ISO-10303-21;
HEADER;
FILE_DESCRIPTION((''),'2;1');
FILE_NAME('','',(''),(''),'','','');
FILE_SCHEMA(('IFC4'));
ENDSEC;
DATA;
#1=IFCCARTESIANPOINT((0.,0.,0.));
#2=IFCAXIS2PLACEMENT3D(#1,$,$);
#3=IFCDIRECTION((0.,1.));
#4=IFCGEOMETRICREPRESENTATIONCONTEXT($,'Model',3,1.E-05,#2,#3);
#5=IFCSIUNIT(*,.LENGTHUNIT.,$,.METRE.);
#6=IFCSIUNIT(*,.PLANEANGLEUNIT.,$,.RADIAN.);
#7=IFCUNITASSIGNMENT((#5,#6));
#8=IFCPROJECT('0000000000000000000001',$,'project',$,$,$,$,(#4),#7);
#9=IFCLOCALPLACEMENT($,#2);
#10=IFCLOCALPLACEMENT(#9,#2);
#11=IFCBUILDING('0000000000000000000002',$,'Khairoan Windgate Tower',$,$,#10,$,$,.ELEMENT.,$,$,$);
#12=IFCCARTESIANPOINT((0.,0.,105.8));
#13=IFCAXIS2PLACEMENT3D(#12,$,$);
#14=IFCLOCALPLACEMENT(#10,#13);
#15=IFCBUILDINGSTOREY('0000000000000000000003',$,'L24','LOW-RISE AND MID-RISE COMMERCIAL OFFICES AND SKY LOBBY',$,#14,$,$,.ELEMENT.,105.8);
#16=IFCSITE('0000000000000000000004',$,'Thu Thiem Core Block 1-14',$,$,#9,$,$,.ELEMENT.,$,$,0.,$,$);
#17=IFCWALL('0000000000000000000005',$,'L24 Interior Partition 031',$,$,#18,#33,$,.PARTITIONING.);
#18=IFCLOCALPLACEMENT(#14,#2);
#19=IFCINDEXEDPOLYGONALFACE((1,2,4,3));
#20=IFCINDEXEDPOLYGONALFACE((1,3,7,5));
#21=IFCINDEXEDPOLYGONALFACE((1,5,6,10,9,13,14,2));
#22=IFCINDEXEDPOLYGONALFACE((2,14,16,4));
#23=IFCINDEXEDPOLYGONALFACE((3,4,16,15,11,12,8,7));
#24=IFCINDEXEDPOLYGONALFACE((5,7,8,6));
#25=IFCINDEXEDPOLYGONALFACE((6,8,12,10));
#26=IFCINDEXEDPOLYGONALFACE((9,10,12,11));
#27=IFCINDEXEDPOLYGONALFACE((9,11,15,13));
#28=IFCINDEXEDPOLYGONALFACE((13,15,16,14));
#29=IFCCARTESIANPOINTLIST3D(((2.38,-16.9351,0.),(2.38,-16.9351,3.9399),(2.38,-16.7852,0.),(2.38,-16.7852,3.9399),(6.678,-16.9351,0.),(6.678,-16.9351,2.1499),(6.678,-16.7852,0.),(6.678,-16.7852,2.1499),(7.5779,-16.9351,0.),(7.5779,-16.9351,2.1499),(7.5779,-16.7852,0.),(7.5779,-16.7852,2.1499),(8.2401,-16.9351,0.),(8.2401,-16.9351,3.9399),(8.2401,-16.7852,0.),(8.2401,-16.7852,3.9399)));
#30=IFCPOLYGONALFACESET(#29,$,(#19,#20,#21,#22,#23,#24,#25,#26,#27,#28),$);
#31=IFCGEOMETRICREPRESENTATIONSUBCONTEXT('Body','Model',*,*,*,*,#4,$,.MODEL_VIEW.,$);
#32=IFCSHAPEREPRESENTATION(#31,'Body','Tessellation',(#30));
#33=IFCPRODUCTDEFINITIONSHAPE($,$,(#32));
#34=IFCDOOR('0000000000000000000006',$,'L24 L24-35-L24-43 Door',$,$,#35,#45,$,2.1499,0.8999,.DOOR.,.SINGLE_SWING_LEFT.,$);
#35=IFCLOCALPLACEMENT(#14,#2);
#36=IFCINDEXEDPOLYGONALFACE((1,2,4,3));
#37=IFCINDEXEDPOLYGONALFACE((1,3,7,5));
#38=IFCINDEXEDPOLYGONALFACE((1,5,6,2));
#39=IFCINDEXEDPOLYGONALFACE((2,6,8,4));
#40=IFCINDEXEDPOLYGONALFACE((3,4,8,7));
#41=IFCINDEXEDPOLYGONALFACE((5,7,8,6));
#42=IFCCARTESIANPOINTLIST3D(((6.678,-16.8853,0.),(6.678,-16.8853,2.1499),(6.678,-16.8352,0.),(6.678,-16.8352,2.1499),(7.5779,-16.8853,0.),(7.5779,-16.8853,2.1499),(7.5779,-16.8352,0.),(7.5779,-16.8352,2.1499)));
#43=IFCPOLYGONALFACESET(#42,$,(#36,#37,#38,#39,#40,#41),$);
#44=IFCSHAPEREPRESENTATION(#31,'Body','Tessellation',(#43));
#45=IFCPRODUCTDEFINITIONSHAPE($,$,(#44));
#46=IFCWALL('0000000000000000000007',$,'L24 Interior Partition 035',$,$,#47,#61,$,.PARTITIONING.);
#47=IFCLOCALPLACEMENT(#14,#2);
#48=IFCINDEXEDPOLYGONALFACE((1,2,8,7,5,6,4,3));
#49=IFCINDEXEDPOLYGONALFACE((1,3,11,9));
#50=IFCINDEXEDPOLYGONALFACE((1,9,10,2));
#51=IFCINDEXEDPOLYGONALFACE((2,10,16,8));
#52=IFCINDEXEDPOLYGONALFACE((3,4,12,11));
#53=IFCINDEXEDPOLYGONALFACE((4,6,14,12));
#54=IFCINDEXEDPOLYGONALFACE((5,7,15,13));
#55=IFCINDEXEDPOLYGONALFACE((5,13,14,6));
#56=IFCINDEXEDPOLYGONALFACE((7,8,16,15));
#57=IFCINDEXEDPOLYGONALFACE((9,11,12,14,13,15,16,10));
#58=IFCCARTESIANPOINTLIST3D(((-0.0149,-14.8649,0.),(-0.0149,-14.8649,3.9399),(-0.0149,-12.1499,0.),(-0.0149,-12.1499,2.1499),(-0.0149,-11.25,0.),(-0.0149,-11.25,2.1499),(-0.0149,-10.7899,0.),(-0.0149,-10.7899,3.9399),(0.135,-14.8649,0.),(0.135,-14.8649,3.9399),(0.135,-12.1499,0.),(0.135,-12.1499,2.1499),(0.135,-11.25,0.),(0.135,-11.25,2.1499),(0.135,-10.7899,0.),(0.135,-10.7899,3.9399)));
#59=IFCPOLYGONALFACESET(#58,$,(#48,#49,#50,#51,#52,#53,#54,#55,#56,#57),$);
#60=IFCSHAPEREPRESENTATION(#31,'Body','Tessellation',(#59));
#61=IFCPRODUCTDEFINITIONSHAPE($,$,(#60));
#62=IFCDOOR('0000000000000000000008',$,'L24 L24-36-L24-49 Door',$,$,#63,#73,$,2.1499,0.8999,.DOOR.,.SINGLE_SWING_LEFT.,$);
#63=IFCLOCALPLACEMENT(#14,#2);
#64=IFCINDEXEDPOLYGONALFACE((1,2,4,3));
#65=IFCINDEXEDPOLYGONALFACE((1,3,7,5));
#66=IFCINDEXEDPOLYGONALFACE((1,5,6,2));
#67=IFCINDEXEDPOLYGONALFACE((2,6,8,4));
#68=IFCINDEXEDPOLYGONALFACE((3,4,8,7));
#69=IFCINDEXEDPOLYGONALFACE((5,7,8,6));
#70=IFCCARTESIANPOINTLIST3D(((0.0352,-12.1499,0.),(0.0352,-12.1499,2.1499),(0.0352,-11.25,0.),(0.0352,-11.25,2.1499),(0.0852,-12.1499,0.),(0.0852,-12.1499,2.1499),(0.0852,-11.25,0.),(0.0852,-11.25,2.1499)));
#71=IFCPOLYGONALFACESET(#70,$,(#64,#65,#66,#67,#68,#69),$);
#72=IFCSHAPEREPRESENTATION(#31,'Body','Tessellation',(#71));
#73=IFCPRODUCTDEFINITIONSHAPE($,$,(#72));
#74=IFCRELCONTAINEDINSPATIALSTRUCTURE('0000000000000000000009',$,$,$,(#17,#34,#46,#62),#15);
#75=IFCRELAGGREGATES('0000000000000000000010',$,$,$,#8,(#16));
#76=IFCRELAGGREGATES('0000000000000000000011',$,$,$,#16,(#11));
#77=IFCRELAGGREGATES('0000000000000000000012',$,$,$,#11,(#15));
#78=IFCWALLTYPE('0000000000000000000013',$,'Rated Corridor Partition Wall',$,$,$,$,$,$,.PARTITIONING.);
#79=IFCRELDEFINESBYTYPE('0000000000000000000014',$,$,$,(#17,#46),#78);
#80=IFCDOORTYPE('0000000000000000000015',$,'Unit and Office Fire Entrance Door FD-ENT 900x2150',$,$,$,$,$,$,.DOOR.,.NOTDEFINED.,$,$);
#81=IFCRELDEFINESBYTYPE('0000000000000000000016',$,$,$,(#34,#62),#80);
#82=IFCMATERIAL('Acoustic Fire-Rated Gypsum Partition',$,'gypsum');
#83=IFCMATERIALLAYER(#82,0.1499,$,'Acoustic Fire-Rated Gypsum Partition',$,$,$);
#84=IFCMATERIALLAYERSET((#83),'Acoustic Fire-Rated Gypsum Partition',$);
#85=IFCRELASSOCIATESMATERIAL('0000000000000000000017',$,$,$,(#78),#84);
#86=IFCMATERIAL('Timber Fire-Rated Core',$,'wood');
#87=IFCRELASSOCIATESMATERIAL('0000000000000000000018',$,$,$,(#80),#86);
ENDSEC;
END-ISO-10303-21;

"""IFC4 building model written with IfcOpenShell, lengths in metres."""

from ifc_helpers import new_model, si_unit, direction, frame, frame_2d, origin, place, context, subcontext, project, spatial, rectangle, extrude, material, layer, layer_set, type_object, element, fill, save


model = new_model("IFC4")

# Units and contexts
model_context = context("Model", 3, precision=1e-05, world=origin(), true_north=direction((0.0, 1.0)))
body_context = subcontext(model_context, "Body", "Model", "MODEL_VIEW")
ifc_project = project(units=[si_unit("LENGTHUNIT", "METRE"), si_unit("PLANEANGLEUNIT", "RADIAN")], contexts=[model_context])

# Site, building, storey
site_placement = place(None, origin())
site = spatial("IfcSite", under=ifc_project, at=site_placement, Name="Thu Thiem Core Block 1-14", CompositionType="ELEMENT", RefElevation=0.0)
building_placement = place(site_placement, origin())
building = spatial("IfcBuilding", under=site, at=building_placement, Name="Khairoan Windgate Tower", CompositionType="ELEMENT")
storey_placement = place(building_placement, frame((0.0, 0.0, 105.8)))
storey = spatial("IfcBuildingStorey", under=building, at=storey_placement, Name="L24", Description="LOW-RISE AND MID-RISE COMMERCIAL OFFICES AND SKY LOBBY", CompositionType="ELEMENT", Elevation=105.8)

# Walls, openings, doors
ifc_material_1 = material(Name="Acoustic Fire-Rated Gypsum Partition", Category="gypsum")
ifc_layer_1 = layer(ifc_material_1, 0.1499, Name="Acoustic Fire-Rated Gypsum Partition")
ifc_layer_set_1 = layer_set([ifc_layer_1], Name="Acoustic Fire-Rated Gypsum Partition")
wall_type_1 = type_object("IfcWallType", Name="Rated Corridor Partition Wall", PredefinedType="PARTITIONING", material=ifc_layer_set_1)
ifc_material_2 = material(Name="Timber Fire-Rated Core", Category="wood")
door_type_1 = type_object("IfcDoorType", Name="Unit and Office Fire Entrance Door FD-ENT 900x2150", OperationType="NOTDEFINED", PredefinedType="DOOR", material=ifc_material_2)
wall_1_placement = place(storey_placement, frame((2.3799, -16.8601, 0.0), z_axis=(0.0, 0.0, 1.0), x_axis=(1.0, 0.0, 0.0)))
wall_1 = element("IfcWall", 1, at=wall_1_placement, inside=storey, type_object=wall_type_1, Name="L24 Interior Partition 031", PredefinedType="PARTITIONING", context=body_context, shape_type="SweptSolid", body=[
    extrude(rectangle(XDim=5.8601, YDim=0.1499, at=frame_2d((2.9302, 0.0))), origin(), (0.0, 0.0, 1.0), 3.9399),
])
opening_1_placement = place(wall_1_placement, frame((4.2981, 0.0, 0.0)))
opening_1 = element("IfcOpeningElement", 2, at=opening_1_placement, cuts=wall_1, PredefinedType="OPENING", context=body_context, shape_type="SweptSolid", body=[
    extrude(rectangle(XDim=0.8999, YDim=2.1499, at=frame_2d((0.45, 1.075))), frame((0.0, 0.085, 0.0), z_axis=(0.0, -1.0, 0.0), x_axis=(1.0, 0.0, 0.0)), (0.0, 0.0, 1.0), 0.1699),
])
door_1_placement = place(opening_1_placement, origin())
door_1 = element("IfcDoor", 3, at=door_1_placement, inside=storey, type_object=door_type_1, Name="L24 L24-35-L24-43 Door", OperationType="SINGLE_SWING_LEFT", OverallHeight=2.1499, OverallWidth=0.8999, PredefinedType="DOOR", context=body_context, shape_type="SweptSolid", body=[
    extrude(rectangle(XDim=0.8999, YDim=2.1499, at=frame_2d((0.45, 1.075))), frame((0.0, 0.0249, 0.0), z_axis=(0.0, -1.0, 0.0), x_axis=(1.0, 0.0, 0.0)), (0.0, 0.0, 1.0), 0.05),
])
fill(opening_1, door_1)
wall_2_placement = place(storey_placement, frame((0.0601, -14.865, 0.0), z_axis=(0.0, 0.0, 1.0), x_axis=(0.0, 1.0, 0.0)))
wall_2 = element("IfcWall", 4, at=wall_2_placement, inside=storey, type_object=wall_type_1, Name="L24 Interior Partition 035", PredefinedType="PARTITIONING", context=body_context, shape_type="SweptSolid", body=[
    extrude(rectangle(XDim=4.075, YDim=0.1499, at=frame_2d((2.0376, 0.0))), origin(), (0.0, 0.0, 1.0), 3.9399),
])
opening_2_placement = place(wall_2_placement, frame((2.7151, 0.0, 0.0)))
opening_2 = element("IfcOpeningElement", 5, at=opening_2_placement, cuts=wall_2, PredefinedType="OPENING", context=body_context, shape_type="SweptSolid", body=[
    extrude(rectangle(XDim=0.8999, YDim=2.1499, at=frame_2d((0.45, 1.075))), frame((0.0, 0.085, 0.0), z_axis=(0.0, -1.0, 0.0), x_axis=(1.0, 0.0, 0.0)), (0.0, 0.0, 1.0), 0.1699),
])
door_2_placement = place(opening_2_placement, origin())
door_2 = element("IfcDoor", 6, at=door_2_placement, inside=storey, type_object=door_type_1, Name="L24 L24-36-L24-49 Door", OperationType="SINGLE_SWING_LEFT", OverallHeight=2.1499, OverallWidth=0.8999, PredefinedType="DOOR", context=body_context, shape_type="SweptSolid", body=[
    extrude(rectangle(XDim=0.8999, YDim=2.1499, at=frame_2d((0.45, 1.075))), frame((0.0, 0.0249, 0.0), z_axis=(0.0, -1.0, 0.0), x_axis=(1.0, 0.0, 0.0)), (0.0, 0.0, 1.0), 0.05),
])
fill(opening_2, door_2)

save(model, "model.ifc")
